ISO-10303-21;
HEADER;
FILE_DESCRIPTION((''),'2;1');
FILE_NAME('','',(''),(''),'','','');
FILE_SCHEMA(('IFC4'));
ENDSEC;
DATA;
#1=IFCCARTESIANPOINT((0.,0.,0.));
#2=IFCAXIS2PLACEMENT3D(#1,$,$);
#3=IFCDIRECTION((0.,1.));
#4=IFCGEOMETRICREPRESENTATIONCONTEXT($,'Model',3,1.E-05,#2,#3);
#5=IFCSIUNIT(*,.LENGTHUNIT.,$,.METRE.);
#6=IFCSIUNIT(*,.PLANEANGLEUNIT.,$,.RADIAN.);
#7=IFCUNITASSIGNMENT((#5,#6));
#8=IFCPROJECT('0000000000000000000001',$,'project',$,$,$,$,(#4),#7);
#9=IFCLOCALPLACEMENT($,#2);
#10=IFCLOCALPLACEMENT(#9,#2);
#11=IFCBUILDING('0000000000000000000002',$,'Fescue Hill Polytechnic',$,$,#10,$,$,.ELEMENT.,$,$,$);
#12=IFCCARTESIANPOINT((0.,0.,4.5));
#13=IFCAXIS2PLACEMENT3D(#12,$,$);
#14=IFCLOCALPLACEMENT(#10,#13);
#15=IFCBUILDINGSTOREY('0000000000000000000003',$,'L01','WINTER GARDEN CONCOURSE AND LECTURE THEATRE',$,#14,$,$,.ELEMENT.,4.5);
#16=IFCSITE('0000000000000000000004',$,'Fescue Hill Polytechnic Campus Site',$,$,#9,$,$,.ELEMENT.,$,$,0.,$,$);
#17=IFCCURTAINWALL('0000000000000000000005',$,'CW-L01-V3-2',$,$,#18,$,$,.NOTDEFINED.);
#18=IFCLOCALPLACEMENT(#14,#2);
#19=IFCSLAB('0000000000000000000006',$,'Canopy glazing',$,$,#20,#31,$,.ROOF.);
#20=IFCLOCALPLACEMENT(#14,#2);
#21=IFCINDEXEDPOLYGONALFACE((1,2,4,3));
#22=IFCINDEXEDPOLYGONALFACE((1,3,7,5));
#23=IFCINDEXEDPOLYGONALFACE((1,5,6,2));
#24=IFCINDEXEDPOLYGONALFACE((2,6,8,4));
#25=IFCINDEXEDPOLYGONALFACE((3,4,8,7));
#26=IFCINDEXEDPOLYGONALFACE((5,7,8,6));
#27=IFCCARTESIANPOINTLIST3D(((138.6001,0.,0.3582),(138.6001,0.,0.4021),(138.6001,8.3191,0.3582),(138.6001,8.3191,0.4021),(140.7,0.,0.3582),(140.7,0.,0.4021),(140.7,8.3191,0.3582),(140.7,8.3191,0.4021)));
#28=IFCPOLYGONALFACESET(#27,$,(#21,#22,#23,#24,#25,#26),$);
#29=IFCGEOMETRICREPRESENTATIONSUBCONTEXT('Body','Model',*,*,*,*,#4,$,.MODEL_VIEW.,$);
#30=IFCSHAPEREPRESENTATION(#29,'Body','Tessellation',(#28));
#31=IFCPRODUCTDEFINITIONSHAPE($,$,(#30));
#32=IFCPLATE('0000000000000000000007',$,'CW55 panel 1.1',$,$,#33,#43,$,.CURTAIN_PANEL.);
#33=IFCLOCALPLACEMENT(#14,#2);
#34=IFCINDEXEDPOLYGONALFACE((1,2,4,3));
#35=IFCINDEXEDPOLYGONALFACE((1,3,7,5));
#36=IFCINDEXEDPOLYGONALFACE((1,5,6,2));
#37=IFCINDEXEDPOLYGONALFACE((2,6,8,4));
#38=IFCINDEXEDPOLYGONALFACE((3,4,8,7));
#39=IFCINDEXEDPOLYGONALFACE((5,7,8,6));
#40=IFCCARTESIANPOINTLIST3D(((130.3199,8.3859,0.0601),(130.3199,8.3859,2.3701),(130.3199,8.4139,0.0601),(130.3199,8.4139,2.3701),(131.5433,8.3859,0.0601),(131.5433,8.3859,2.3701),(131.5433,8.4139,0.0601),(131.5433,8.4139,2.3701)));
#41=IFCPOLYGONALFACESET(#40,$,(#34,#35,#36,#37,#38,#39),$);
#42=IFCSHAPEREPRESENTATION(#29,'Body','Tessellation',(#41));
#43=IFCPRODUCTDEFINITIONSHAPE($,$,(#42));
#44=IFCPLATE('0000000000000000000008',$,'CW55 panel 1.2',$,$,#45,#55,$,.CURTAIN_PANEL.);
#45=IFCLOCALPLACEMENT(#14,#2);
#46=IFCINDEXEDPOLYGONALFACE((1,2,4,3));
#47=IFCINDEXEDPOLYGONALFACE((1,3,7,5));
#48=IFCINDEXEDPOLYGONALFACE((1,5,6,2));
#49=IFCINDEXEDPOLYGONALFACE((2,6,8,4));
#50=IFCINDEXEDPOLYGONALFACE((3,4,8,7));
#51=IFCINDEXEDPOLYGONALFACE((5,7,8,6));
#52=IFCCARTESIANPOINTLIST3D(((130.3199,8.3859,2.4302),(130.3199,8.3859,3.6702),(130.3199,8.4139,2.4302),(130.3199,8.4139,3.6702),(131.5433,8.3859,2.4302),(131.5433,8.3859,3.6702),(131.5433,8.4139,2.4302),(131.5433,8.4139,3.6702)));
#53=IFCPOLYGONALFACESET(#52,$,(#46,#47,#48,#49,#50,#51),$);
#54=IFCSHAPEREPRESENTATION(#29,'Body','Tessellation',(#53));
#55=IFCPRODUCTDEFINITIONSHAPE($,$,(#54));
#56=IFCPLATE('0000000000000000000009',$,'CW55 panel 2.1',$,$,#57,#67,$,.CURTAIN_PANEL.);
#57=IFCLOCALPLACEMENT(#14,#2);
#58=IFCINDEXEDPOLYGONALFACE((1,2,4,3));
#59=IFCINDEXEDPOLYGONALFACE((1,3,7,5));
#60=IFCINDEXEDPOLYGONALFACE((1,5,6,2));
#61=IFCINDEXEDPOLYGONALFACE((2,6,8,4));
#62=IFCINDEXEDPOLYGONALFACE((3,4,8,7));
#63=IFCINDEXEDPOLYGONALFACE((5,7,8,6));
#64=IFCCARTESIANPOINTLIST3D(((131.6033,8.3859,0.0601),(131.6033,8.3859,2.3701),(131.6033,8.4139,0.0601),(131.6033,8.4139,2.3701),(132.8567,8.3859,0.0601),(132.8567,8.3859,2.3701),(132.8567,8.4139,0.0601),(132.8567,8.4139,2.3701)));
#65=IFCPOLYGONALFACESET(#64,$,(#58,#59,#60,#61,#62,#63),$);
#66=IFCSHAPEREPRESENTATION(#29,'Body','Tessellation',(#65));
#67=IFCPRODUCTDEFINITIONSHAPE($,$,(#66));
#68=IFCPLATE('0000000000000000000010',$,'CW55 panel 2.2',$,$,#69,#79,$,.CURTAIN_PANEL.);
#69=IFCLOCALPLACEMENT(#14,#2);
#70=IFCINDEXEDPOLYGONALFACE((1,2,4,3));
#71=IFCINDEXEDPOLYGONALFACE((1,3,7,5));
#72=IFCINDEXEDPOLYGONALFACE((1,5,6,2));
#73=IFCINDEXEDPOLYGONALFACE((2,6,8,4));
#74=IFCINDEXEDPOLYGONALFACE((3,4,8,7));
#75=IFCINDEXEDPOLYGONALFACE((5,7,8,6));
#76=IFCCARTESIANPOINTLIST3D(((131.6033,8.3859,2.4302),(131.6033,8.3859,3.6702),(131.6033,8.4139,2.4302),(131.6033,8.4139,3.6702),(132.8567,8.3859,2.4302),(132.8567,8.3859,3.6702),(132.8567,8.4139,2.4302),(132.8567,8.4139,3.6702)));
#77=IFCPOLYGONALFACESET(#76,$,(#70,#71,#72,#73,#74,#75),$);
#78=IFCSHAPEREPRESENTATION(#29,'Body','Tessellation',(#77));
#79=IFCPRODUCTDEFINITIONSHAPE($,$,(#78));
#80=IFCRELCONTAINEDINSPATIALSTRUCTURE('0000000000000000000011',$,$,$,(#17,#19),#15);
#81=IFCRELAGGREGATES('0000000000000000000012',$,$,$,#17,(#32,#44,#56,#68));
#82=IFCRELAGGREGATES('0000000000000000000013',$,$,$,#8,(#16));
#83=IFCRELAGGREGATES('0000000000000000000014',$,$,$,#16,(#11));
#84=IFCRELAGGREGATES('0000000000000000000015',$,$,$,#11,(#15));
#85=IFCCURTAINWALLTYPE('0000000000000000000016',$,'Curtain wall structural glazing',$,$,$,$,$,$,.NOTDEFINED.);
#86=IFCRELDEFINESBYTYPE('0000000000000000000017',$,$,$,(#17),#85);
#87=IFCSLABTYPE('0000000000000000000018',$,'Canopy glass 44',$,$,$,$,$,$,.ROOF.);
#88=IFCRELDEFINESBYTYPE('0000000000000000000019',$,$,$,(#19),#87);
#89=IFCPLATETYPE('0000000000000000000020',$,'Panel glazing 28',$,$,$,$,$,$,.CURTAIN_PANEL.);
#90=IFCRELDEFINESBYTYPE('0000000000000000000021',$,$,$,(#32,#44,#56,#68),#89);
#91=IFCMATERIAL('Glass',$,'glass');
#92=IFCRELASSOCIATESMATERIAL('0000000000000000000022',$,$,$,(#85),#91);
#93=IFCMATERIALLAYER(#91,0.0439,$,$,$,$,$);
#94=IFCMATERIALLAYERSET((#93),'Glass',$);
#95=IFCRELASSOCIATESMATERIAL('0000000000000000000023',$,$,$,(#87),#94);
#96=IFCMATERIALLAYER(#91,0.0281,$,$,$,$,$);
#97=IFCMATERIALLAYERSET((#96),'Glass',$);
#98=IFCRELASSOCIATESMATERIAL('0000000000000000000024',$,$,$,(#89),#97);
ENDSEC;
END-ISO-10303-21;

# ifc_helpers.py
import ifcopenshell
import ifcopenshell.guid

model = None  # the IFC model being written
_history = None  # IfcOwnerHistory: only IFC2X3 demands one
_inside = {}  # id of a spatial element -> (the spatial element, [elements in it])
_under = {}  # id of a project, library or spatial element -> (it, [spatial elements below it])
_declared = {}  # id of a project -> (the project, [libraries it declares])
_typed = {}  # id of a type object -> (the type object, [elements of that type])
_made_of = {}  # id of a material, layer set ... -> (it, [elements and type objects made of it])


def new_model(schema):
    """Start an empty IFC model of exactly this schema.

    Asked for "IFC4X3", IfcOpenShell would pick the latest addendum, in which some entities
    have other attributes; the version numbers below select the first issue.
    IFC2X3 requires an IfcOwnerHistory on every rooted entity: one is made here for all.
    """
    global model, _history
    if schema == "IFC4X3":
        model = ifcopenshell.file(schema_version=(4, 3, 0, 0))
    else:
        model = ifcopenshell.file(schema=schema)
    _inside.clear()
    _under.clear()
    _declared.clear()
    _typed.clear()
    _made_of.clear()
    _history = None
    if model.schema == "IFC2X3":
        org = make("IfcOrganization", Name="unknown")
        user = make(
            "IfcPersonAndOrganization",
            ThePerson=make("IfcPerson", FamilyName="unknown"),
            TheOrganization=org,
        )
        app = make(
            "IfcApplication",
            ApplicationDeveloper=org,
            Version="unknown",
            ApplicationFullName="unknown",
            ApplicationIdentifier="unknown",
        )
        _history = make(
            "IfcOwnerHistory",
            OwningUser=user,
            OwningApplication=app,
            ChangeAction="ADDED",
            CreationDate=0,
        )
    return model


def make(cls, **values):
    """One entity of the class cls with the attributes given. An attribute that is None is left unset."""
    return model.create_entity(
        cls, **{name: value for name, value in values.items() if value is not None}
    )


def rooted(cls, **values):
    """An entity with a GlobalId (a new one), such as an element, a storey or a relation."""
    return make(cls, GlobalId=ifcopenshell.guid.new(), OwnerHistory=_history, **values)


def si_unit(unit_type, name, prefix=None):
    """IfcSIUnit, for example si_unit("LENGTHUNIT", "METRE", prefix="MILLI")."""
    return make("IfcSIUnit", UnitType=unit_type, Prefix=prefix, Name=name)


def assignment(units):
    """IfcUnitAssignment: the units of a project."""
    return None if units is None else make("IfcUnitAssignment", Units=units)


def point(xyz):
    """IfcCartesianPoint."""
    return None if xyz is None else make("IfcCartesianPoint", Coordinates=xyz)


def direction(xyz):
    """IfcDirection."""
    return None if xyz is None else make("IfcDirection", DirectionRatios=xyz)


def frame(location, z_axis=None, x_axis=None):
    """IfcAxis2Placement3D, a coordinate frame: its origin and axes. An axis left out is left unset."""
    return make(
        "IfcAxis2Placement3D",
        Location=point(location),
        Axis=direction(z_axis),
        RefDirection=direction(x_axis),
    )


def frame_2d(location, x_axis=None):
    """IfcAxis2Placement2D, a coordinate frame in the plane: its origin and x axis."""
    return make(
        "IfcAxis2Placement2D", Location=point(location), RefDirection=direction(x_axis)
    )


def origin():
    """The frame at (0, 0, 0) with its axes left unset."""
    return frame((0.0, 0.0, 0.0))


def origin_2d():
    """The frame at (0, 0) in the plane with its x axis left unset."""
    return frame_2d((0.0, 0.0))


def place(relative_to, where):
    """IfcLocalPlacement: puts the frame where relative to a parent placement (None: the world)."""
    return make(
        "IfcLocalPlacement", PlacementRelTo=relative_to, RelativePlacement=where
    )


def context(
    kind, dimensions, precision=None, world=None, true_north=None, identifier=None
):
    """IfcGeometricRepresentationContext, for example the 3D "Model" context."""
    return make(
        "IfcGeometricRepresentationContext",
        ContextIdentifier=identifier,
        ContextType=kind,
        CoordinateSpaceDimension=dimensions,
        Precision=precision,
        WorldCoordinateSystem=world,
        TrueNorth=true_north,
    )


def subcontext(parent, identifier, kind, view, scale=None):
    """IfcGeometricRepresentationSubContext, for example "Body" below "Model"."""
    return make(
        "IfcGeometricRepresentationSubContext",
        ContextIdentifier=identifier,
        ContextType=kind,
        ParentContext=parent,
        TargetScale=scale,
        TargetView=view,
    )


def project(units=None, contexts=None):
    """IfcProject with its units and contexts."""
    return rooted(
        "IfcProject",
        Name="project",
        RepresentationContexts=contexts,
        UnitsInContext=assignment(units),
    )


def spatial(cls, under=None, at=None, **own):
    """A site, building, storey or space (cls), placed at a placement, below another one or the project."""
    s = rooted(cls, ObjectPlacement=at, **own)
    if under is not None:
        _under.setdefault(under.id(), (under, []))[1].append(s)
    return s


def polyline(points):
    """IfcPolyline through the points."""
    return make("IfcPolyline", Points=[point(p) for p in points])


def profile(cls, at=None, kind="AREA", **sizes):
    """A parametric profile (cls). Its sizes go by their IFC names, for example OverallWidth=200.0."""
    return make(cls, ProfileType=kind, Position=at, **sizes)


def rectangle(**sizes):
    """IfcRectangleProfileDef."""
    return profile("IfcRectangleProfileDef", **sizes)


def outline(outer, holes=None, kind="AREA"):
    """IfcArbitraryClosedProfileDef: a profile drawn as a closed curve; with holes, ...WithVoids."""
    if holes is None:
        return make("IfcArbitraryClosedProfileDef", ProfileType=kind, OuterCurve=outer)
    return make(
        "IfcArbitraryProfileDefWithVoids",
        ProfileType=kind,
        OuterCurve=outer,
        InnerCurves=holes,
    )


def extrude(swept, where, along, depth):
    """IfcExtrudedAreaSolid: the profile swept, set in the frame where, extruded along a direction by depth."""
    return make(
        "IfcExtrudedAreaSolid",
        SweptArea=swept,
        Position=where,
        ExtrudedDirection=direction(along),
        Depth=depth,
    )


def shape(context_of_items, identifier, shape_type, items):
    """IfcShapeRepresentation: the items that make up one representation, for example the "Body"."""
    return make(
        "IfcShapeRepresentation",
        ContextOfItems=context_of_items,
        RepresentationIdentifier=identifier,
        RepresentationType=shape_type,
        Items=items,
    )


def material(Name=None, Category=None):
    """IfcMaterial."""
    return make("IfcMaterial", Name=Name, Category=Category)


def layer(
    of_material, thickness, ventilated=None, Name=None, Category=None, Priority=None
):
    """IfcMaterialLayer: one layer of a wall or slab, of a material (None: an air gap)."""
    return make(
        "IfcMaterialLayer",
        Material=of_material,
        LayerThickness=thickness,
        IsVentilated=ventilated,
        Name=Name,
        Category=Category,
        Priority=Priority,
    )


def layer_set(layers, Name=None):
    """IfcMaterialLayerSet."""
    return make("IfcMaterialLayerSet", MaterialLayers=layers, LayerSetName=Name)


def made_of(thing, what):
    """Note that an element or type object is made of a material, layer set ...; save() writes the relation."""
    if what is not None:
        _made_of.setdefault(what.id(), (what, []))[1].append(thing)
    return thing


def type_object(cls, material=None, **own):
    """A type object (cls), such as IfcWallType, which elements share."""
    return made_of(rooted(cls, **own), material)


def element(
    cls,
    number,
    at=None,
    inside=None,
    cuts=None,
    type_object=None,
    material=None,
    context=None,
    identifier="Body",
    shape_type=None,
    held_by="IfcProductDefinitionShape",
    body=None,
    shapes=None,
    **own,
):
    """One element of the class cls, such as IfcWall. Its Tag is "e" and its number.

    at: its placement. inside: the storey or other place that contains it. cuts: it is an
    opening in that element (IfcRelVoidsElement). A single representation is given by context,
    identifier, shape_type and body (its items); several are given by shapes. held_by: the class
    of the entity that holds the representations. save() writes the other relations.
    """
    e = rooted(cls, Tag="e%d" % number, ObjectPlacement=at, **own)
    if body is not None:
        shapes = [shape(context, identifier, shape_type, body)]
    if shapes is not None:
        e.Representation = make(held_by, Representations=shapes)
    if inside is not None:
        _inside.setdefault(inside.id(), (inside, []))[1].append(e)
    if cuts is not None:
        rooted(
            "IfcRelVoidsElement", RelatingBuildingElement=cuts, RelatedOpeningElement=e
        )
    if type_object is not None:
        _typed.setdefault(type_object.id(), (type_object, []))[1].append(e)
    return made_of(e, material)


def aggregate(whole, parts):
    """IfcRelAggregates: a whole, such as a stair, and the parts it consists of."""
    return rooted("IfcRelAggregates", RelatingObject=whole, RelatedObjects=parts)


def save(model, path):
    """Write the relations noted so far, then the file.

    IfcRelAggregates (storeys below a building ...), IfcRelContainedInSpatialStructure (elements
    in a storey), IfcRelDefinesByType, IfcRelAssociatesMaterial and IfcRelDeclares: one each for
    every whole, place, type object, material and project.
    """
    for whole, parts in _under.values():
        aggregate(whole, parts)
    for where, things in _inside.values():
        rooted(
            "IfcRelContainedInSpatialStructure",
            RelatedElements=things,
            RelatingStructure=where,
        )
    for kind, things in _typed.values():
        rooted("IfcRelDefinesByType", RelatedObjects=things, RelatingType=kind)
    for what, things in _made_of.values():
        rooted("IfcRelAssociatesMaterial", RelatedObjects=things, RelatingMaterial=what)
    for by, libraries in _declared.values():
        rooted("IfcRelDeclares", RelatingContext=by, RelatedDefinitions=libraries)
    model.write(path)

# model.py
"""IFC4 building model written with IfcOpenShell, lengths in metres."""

from ifc_helpers import new_model, si_unit, direction, frame, origin, origin_2d, place, context, subcontext, project, spatial, polyline, rectangle, outline, extrude, material, layer, layer_set, type_object, element, aggregate, save


model = new_model("IFC4")

# Units and contexts
model_context = context("Model", 3, precision=1e-05, world=origin(), true_north=direction((0.0, 1.0)))
body_context = subcontext(model_context, "Body", "Model", "MODEL_VIEW")
ifc_project = project(units=[si_unit("LENGTHUNIT", "METRE"), si_unit("PLANEANGLEUNIT", "RADIAN")], contexts=[model_context])

# Site, building, storey
site_placement = place(None, origin())
site = spatial("IfcSite", under=ifc_project, at=site_placement, Name="Fescue Hill Polytechnic Campus Site", CompositionType="ELEMENT", RefElevation=0.0)
building_placement = place(site_placement, origin())
building = spatial("IfcBuilding", under=site, at=building_placement, Name="Fescue Hill Polytechnic", CompositionType="ELEMENT")
storey_placement = place(building_placement, frame((0.0, 0.0, 4.5)))
storey = spatial("IfcBuildingStorey", under=building, at=storey_placement, Name="L01", Description="WINTER GARDEN CONCOURSE AND LECTURE THEATRE", CompositionType="ELEMENT", Elevation=4.5)

# Curtain wall
ifc_material_1 = material(Name="Glass", Category="glass")
curtain_wall_type = type_object("IfcCurtainWallType", Name="Curtain wall structural glazing", PredefinedType="NOTDEFINED", material=ifc_material_1)
curtain_wall_placement = place(storey_placement, origin())
curtain_wall = element("IfcCurtainWall", 1, at=curtain_wall_placement, inside=storey, type_object=curtain_wall_type, Name="CW-L01-V3-2", PredefinedType="NOTDEFINED")

# Slab
ifc_layer_1 = layer(ifc_material_1, 0.0439)
ifc_layer_set_1 = layer_set([ifc_layer_1], Name="Glass")
slab_type = type_object("IfcSlabType", Name="Canopy glass 44", PredefinedType="ROOF", material=ifc_layer_set_1)
slab_1_placement = place(storey_placement, frame((138.6001, 0.0, 0.4021), z_axis=(0.0, 0.0, 1.0), x_axis=(1.0, 0.0, 0.0)))
element("IfcSlab", 2, at=slab_1_placement, inside=storey, type_object=slab_type, Name="Canopy glazing", PredefinedType="ROOF", context=body_context, shape_type="SweptSolid", body=[
    extrude(outline(polyline([(0.0, 0.0), (2.0999, 0.0), (2.0999, 8.3191), (0.0, 8.3191), (0.0, 0.0)])), origin(), (0.0, 0.0, -1.0), 0.0439),
])

# Plates
ifc_layer_2 = layer(ifc_material_1, 0.0281)
ifc_layer_set_2 = layer_set([ifc_layer_2], Name="Glass")
plate_type = type_object("IfcPlateType", Name="Panel glazing 28", PredefinedType="CURTAIN_PANEL", material=ifc_layer_set_2)
plate_1_placement = place(storey_placement, frame((130.9316, 8.3999, 0.0601), z_axis=(0.0, 0.0, 1.0), x_axis=(1.0, 0.0, 0.0)))
plate_1 = element("IfcPlate", 3, at=plate_1_placement, type_object=plate_type, Name="CW55 panel 1.1", PredefinedType="CURTAIN_PANEL", context=body_context, shape_type="SweptSolid", body=[
    extrude(rectangle(XDim=1.2234, YDim=0.0281, at=origin_2d()), origin(), (0.0, 0.0, 1.0), 2.3101),
])
plate_2_placement = place(storey_placement, frame((130.9316, 8.3999, 2.4302), z_axis=(0.0, 0.0, 1.0), x_axis=(1.0, 0.0, 0.0)))
plate_2 = element("IfcPlate", 4, at=plate_2_placement, type_object=plate_type, Name="CW55 panel 1.2", PredefinedType="CURTAIN_PANEL", context=body_context, shape_type="SweptSolid", body=[
    extrude(rectangle(XDim=1.2234, YDim=0.0281, at=origin_2d()), origin(), (0.0, 0.0, 1.0), 1.24),
])
plate_3_placement = place(storey_placement, frame((132.23, 8.3999, 0.0601), z_axis=(0.0, 0.0, 1.0), x_axis=(1.0, 0.0, 0.0)))
plate_3 = element("IfcPlate", 5, at=plate_3_placement, type_object=plate_type, Name="CW55 panel 2.1", PredefinedType="CURTAIN_PANEL", context=body_context, shape_type="SweptSolid", body=[
    extrude(rectangle(XDim=1.2534, YDim=0.0281, at=origin_2d()), origin(), (0.0, 0.0, 1.0), 2.3101),
])
plate_4_placement = place(storey_placement, frame((132.23, 8.3999, 2.4302), z_axis=(0.0, 0.0, 1.0), x_axis=(1.0, 0.0, 0.0)))
plate_4 = element("IfcPlate", 6, at=plate_4_placement, type_object=plate_type, Name="CW55 panel 2.2", PredefinedType="CURTAIN_PANEL", context=body_context, shape_type="SweptSolid", body=[
    extrude(rectangle(XDim=1.2534, YDim=0.0281, at=origin_2d()), origin(), (0.0, 0.0, 1.0), 1.24),
])
aggregate(curtain_wall, [plate_1, plate_2, plate_3, plate_4])

save(model, "model.ifc")
